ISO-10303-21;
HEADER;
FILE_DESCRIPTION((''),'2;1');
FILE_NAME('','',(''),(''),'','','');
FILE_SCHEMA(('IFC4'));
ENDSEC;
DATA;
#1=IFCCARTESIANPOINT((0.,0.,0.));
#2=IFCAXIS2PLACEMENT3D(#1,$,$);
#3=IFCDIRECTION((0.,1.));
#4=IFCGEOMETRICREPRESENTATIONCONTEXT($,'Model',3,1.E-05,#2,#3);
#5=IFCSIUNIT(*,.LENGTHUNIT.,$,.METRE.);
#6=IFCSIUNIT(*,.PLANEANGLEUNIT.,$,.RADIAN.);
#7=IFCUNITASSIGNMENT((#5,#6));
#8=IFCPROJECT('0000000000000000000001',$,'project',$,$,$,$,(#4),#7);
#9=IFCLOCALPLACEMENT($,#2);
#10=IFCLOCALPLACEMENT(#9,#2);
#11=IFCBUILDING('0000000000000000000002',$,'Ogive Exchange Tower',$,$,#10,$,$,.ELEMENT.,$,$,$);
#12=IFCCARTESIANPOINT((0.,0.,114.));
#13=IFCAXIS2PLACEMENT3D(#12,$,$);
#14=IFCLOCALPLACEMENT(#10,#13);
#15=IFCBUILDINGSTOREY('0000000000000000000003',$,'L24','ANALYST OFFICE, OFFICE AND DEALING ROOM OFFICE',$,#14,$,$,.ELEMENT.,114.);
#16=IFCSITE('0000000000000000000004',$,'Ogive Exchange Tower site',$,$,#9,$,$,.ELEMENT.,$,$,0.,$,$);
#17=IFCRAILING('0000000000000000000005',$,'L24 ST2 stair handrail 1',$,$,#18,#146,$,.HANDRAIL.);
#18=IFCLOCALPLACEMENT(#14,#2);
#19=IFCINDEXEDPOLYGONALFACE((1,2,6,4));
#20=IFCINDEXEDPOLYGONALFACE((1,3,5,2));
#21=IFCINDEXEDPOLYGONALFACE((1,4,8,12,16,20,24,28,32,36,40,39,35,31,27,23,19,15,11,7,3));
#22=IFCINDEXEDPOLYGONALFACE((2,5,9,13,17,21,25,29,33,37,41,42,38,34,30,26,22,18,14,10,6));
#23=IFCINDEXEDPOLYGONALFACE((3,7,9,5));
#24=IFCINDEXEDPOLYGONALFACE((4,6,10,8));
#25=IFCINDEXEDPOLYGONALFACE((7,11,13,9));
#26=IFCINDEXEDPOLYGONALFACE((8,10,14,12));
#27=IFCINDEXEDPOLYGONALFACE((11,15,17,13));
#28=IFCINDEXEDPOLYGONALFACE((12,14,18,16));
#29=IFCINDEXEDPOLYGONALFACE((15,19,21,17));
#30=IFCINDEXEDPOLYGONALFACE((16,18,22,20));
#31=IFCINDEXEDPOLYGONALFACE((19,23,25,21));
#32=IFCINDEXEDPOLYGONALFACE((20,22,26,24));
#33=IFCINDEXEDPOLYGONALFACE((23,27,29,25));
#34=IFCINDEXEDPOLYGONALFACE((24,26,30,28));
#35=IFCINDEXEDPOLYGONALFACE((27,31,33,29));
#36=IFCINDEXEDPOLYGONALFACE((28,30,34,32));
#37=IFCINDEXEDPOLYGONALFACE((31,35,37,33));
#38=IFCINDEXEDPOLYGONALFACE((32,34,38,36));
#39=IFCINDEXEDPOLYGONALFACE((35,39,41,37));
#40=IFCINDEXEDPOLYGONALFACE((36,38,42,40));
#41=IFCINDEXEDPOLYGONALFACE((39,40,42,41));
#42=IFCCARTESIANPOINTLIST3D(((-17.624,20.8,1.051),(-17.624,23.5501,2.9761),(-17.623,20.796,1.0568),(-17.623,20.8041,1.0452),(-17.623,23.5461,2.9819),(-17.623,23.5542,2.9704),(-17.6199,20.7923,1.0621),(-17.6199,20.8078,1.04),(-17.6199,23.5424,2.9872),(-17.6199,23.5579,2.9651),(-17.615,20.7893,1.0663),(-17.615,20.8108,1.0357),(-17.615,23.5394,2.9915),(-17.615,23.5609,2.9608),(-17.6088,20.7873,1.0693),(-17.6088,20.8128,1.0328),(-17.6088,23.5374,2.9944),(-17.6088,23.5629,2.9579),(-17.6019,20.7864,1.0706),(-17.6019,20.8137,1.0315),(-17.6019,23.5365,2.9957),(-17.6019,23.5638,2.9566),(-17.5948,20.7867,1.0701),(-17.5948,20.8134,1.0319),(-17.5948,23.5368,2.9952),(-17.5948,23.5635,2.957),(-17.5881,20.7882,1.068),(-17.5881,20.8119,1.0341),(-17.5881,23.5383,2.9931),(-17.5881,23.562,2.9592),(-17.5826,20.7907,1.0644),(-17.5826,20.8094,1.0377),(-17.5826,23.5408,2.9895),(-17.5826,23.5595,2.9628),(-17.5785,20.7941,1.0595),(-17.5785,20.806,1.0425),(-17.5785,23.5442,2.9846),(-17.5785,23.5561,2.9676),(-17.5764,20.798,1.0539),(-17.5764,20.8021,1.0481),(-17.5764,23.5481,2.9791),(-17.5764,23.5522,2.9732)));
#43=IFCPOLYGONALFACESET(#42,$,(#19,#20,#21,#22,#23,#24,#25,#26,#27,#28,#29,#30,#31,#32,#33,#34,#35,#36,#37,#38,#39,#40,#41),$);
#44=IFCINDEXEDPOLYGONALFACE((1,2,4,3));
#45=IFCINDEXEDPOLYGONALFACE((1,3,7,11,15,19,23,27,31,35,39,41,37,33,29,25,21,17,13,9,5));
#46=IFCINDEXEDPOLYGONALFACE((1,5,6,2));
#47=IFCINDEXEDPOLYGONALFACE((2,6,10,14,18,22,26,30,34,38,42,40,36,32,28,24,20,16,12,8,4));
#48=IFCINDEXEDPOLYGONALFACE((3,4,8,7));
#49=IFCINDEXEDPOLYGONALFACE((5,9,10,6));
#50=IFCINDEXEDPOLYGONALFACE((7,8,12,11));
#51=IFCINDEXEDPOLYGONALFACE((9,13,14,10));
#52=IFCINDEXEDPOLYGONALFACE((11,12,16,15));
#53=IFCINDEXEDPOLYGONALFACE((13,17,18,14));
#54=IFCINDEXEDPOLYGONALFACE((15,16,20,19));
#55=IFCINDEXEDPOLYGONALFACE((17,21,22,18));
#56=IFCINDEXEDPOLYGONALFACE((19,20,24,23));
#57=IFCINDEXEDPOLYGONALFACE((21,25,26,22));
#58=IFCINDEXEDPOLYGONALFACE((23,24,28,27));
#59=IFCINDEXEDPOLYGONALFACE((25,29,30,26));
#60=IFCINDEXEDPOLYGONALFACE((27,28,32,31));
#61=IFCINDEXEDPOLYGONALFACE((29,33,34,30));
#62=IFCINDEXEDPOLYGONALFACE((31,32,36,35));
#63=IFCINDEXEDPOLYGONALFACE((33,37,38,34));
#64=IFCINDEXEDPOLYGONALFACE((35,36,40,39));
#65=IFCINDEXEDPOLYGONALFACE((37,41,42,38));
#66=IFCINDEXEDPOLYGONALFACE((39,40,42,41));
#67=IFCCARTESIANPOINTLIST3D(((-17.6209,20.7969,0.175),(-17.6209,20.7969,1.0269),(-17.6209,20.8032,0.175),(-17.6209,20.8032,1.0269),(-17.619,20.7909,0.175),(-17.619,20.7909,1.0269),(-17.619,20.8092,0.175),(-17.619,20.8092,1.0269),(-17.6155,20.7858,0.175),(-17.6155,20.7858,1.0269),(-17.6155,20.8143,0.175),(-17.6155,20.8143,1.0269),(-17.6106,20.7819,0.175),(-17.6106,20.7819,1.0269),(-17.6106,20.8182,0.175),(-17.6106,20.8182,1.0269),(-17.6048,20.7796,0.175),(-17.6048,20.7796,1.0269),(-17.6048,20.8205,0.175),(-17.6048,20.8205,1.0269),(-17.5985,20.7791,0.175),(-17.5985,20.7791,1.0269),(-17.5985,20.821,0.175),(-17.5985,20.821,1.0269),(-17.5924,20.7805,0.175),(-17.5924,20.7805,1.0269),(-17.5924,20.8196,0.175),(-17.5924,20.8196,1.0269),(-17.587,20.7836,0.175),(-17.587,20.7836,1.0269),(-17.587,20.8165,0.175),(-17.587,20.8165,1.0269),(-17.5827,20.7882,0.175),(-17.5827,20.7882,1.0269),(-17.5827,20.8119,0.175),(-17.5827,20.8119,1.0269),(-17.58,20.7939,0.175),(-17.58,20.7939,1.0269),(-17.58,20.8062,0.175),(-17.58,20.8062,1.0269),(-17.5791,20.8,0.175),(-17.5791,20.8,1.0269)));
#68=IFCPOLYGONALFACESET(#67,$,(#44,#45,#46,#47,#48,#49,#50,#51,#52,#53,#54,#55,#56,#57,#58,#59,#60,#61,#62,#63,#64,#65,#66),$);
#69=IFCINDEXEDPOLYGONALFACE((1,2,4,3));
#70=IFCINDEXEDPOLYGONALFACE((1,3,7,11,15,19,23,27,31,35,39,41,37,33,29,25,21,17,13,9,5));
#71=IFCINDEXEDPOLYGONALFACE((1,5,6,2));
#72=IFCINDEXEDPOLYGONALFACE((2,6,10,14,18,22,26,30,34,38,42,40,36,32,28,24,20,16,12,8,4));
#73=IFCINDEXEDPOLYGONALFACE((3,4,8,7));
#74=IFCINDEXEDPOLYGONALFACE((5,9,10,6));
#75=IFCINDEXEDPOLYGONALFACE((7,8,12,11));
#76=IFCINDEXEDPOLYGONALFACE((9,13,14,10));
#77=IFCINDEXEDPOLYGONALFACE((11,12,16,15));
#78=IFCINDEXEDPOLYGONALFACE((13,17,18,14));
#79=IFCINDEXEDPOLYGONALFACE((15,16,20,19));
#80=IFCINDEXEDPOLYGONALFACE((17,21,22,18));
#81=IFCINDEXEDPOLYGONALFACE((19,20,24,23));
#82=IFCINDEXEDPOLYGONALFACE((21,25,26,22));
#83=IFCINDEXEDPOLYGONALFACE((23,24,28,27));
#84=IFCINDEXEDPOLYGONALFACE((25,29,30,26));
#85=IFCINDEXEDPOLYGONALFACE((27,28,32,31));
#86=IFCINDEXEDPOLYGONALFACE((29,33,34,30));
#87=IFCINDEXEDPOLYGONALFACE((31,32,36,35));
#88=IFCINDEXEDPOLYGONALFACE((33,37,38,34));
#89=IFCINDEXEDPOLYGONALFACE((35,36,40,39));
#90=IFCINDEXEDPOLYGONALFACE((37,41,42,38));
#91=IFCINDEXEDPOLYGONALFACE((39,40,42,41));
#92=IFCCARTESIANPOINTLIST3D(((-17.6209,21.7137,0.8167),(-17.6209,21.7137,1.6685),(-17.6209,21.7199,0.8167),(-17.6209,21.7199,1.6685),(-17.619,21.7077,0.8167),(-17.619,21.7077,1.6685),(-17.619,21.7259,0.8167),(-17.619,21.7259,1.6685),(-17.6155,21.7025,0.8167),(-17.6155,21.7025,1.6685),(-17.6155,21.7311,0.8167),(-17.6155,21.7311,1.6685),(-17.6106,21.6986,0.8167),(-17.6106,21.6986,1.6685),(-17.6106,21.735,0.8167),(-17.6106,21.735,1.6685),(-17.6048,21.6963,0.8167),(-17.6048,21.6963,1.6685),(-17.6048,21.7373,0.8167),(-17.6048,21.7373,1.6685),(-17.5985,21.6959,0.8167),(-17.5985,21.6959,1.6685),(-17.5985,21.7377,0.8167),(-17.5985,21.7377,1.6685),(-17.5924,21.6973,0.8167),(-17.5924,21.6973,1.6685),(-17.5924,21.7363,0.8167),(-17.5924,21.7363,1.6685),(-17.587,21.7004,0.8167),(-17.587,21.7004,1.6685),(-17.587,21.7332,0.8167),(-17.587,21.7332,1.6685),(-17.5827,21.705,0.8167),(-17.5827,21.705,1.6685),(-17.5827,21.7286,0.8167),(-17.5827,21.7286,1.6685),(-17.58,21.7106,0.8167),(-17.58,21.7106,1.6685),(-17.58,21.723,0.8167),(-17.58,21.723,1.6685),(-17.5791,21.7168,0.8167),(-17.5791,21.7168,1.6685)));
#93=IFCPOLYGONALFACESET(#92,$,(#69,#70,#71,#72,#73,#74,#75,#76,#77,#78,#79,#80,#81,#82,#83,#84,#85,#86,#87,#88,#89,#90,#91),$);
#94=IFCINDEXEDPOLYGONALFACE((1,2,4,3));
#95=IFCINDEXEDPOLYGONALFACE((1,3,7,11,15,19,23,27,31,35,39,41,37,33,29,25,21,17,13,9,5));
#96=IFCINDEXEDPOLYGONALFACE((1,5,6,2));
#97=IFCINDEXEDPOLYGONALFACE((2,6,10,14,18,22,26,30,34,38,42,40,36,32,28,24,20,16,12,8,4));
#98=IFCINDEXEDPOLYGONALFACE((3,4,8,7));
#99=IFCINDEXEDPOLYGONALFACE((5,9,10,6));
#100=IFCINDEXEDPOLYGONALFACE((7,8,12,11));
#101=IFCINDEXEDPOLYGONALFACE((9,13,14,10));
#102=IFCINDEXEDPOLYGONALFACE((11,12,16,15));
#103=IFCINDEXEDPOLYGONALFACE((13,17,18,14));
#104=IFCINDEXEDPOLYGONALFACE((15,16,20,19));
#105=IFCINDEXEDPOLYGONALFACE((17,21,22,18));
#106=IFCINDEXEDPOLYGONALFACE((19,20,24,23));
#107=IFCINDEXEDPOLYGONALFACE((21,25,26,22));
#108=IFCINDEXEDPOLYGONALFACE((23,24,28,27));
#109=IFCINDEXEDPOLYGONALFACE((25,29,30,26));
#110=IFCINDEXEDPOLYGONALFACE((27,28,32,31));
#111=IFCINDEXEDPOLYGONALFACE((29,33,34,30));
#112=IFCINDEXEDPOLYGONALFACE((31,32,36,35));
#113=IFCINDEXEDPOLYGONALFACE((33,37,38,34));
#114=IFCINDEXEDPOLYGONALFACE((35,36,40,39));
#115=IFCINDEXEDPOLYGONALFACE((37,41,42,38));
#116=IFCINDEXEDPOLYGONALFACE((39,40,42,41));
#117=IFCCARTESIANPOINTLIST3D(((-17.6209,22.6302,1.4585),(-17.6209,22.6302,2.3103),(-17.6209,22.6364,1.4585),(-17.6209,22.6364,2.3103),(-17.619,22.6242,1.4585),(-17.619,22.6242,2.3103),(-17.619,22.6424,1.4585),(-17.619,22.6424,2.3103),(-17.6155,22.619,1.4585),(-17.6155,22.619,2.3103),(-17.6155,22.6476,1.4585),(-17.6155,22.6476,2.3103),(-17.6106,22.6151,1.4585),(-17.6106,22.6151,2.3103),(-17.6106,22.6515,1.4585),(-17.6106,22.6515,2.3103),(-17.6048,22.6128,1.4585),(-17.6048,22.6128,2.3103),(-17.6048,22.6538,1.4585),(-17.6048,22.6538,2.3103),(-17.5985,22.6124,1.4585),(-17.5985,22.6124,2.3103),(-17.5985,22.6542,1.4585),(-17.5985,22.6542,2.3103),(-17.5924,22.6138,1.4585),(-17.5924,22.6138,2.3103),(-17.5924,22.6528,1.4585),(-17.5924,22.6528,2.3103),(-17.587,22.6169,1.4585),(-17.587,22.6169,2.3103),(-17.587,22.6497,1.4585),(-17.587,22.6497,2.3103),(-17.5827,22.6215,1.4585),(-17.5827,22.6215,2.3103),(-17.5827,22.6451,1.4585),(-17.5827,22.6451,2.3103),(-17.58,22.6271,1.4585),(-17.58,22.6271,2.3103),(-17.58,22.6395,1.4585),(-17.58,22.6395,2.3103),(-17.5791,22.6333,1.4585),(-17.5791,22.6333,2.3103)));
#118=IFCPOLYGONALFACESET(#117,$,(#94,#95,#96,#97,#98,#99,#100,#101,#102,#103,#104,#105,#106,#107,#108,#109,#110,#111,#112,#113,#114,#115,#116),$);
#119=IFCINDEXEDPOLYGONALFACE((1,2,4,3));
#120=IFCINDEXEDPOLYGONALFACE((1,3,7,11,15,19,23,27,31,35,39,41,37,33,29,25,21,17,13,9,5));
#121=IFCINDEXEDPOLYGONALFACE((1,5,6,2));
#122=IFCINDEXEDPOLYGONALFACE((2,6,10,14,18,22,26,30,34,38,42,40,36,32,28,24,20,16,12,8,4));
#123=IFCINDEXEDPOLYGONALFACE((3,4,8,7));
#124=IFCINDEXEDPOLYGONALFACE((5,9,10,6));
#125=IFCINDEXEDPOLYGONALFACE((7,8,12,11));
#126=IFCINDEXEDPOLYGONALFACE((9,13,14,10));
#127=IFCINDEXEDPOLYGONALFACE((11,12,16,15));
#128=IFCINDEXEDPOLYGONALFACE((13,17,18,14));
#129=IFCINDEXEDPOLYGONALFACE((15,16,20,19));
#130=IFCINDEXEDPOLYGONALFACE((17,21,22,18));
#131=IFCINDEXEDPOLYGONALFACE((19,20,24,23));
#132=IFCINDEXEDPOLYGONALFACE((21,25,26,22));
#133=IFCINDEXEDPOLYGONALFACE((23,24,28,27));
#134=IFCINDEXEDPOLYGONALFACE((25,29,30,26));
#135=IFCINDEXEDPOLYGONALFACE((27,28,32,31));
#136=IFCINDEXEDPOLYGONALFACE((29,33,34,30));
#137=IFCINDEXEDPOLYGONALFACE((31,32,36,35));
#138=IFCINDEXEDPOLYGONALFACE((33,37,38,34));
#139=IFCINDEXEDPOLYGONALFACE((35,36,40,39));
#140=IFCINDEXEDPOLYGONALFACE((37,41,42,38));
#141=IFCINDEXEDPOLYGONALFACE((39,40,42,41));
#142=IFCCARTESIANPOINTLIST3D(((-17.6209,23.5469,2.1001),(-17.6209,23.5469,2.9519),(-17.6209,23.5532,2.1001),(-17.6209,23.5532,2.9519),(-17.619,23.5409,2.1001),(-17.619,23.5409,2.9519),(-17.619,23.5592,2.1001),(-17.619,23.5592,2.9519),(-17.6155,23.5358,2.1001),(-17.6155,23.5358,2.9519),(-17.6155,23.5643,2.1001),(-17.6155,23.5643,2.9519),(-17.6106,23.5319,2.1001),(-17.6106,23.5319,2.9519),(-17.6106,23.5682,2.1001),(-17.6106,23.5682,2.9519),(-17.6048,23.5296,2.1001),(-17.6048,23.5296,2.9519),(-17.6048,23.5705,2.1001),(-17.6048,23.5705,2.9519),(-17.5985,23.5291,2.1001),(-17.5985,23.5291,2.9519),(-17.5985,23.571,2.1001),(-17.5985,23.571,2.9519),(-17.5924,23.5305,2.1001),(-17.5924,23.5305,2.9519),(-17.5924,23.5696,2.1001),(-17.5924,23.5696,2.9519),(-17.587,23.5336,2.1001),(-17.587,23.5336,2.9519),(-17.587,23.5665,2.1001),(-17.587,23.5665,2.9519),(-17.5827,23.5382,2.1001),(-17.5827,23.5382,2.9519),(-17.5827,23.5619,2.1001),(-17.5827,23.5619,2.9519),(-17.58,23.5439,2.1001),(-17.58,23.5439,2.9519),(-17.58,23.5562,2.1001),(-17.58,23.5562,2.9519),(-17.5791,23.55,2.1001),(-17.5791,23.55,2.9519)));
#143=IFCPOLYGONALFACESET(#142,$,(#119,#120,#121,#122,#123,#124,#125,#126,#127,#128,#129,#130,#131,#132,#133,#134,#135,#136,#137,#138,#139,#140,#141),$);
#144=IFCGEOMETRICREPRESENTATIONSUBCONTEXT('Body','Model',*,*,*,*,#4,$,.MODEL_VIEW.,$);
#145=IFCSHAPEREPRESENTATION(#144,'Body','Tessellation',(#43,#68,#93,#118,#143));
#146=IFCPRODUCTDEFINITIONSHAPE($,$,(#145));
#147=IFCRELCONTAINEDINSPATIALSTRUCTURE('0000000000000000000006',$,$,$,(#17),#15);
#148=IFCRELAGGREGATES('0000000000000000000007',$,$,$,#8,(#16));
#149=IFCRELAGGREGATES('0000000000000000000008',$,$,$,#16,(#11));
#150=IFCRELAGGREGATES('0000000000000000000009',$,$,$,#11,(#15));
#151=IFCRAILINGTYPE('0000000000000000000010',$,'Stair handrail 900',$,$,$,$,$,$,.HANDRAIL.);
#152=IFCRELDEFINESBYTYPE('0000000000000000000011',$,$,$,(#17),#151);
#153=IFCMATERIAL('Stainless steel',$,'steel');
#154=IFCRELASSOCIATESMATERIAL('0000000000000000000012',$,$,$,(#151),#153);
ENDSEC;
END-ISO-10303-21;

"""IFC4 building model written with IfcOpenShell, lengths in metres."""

from ifc_helpers import new_model, si_unit, direction, frame, origin, origin_2d, place, context, subcontext, project, spatial, circle, extrude, material, type_object, element, save


model = new_model("IFC4")

# Units and contexts
model_context = context("Model", 3, precision=1e-05, world=origin(), true_north=direction((0.0, 1.0)))
body_context = subcontext(model_context, "Body", "Model", "MODEL_VIEW")
ifc_project = project(units=[si_unit("LENGTHUNIT", "METRE"), si_unit("PLANEANGLEUNIT", "RADIAN")], contexts=[model_context])

# Site, building, storey
site_placement = place(None, origin())
site = spatial("IfcSite", under=ifc_project, at=site_placement, Name="Ogive Exchange Tower site", CompositionType="ELEMENT", RefElevation=0.0)
building_placement = place(site_placement, origin())
building = spatial("IfcBuilding", under=site, at=building_placement, Name="Ogive Exchange Tower", CompositionType="ELEMENT")
storey_placement = place(building_placement, frame((0.0, 0.0, 114.0)))
storey = spatial("IfcBuildingStorey", under=building, at=storey_placement, Name="L24", Description="ANALYST OFFICE, OFFICE AND DEALING ROOM OFFICE", CompositionType="ELEMENT", Elevation=114.0)

# Railing
ifc_material_1 = material(Name="Stainless steel", Category="steel")
railing_type = type_object("IfcRailingType", Name="Stair handrail 900", PredefinedType="HANDRAIL", material=ifc_material_1)
railing_placement = place(storey_placement, frame((-17.6001, 20.8, 0.175)))
element("IfcRailing", 1, at=railing_placement, inside=storey, type_object=railing_type, Name="L24 ST2 stair handrail 1", PredefinedType="HANDRAIL", context=body_context, shape_type="SweptSolid", body=[
    extrude(circle(Radius=0.0239, at=origin_2d()), frame((0.0, 0.0, 0.876), z_axis=(0.0, 0.819225, 0.573472), x_axis=(-1.0, 0.0, 0.0)), (0.0, 0.0, 1.0), 3.3569),
    extrude(circle(Radius=0.021, at=origin_2d()), origin(), (0.0, 0.0, 1.0), 0.8518),
    extrude(circle(Radius=0.021, at=origin_2d()), frame((0.0, 0.9167, 0.6416)), (0.0, 0.0, 1.0), 0.8518),
    extrude(circle(Radius=0.021, at=origin_2d()), frame((0.0, 1.8333, 1.2834)), (0.0, 0.0, 1.0), 0.8518),
    extrude(circle(Radius=0.021, at=origin_2d()), frame((0.0, 2.75, 1.925)), (0.0, 0.0, 1.0), 0.8518),
])

save(model, "model.ifc")
